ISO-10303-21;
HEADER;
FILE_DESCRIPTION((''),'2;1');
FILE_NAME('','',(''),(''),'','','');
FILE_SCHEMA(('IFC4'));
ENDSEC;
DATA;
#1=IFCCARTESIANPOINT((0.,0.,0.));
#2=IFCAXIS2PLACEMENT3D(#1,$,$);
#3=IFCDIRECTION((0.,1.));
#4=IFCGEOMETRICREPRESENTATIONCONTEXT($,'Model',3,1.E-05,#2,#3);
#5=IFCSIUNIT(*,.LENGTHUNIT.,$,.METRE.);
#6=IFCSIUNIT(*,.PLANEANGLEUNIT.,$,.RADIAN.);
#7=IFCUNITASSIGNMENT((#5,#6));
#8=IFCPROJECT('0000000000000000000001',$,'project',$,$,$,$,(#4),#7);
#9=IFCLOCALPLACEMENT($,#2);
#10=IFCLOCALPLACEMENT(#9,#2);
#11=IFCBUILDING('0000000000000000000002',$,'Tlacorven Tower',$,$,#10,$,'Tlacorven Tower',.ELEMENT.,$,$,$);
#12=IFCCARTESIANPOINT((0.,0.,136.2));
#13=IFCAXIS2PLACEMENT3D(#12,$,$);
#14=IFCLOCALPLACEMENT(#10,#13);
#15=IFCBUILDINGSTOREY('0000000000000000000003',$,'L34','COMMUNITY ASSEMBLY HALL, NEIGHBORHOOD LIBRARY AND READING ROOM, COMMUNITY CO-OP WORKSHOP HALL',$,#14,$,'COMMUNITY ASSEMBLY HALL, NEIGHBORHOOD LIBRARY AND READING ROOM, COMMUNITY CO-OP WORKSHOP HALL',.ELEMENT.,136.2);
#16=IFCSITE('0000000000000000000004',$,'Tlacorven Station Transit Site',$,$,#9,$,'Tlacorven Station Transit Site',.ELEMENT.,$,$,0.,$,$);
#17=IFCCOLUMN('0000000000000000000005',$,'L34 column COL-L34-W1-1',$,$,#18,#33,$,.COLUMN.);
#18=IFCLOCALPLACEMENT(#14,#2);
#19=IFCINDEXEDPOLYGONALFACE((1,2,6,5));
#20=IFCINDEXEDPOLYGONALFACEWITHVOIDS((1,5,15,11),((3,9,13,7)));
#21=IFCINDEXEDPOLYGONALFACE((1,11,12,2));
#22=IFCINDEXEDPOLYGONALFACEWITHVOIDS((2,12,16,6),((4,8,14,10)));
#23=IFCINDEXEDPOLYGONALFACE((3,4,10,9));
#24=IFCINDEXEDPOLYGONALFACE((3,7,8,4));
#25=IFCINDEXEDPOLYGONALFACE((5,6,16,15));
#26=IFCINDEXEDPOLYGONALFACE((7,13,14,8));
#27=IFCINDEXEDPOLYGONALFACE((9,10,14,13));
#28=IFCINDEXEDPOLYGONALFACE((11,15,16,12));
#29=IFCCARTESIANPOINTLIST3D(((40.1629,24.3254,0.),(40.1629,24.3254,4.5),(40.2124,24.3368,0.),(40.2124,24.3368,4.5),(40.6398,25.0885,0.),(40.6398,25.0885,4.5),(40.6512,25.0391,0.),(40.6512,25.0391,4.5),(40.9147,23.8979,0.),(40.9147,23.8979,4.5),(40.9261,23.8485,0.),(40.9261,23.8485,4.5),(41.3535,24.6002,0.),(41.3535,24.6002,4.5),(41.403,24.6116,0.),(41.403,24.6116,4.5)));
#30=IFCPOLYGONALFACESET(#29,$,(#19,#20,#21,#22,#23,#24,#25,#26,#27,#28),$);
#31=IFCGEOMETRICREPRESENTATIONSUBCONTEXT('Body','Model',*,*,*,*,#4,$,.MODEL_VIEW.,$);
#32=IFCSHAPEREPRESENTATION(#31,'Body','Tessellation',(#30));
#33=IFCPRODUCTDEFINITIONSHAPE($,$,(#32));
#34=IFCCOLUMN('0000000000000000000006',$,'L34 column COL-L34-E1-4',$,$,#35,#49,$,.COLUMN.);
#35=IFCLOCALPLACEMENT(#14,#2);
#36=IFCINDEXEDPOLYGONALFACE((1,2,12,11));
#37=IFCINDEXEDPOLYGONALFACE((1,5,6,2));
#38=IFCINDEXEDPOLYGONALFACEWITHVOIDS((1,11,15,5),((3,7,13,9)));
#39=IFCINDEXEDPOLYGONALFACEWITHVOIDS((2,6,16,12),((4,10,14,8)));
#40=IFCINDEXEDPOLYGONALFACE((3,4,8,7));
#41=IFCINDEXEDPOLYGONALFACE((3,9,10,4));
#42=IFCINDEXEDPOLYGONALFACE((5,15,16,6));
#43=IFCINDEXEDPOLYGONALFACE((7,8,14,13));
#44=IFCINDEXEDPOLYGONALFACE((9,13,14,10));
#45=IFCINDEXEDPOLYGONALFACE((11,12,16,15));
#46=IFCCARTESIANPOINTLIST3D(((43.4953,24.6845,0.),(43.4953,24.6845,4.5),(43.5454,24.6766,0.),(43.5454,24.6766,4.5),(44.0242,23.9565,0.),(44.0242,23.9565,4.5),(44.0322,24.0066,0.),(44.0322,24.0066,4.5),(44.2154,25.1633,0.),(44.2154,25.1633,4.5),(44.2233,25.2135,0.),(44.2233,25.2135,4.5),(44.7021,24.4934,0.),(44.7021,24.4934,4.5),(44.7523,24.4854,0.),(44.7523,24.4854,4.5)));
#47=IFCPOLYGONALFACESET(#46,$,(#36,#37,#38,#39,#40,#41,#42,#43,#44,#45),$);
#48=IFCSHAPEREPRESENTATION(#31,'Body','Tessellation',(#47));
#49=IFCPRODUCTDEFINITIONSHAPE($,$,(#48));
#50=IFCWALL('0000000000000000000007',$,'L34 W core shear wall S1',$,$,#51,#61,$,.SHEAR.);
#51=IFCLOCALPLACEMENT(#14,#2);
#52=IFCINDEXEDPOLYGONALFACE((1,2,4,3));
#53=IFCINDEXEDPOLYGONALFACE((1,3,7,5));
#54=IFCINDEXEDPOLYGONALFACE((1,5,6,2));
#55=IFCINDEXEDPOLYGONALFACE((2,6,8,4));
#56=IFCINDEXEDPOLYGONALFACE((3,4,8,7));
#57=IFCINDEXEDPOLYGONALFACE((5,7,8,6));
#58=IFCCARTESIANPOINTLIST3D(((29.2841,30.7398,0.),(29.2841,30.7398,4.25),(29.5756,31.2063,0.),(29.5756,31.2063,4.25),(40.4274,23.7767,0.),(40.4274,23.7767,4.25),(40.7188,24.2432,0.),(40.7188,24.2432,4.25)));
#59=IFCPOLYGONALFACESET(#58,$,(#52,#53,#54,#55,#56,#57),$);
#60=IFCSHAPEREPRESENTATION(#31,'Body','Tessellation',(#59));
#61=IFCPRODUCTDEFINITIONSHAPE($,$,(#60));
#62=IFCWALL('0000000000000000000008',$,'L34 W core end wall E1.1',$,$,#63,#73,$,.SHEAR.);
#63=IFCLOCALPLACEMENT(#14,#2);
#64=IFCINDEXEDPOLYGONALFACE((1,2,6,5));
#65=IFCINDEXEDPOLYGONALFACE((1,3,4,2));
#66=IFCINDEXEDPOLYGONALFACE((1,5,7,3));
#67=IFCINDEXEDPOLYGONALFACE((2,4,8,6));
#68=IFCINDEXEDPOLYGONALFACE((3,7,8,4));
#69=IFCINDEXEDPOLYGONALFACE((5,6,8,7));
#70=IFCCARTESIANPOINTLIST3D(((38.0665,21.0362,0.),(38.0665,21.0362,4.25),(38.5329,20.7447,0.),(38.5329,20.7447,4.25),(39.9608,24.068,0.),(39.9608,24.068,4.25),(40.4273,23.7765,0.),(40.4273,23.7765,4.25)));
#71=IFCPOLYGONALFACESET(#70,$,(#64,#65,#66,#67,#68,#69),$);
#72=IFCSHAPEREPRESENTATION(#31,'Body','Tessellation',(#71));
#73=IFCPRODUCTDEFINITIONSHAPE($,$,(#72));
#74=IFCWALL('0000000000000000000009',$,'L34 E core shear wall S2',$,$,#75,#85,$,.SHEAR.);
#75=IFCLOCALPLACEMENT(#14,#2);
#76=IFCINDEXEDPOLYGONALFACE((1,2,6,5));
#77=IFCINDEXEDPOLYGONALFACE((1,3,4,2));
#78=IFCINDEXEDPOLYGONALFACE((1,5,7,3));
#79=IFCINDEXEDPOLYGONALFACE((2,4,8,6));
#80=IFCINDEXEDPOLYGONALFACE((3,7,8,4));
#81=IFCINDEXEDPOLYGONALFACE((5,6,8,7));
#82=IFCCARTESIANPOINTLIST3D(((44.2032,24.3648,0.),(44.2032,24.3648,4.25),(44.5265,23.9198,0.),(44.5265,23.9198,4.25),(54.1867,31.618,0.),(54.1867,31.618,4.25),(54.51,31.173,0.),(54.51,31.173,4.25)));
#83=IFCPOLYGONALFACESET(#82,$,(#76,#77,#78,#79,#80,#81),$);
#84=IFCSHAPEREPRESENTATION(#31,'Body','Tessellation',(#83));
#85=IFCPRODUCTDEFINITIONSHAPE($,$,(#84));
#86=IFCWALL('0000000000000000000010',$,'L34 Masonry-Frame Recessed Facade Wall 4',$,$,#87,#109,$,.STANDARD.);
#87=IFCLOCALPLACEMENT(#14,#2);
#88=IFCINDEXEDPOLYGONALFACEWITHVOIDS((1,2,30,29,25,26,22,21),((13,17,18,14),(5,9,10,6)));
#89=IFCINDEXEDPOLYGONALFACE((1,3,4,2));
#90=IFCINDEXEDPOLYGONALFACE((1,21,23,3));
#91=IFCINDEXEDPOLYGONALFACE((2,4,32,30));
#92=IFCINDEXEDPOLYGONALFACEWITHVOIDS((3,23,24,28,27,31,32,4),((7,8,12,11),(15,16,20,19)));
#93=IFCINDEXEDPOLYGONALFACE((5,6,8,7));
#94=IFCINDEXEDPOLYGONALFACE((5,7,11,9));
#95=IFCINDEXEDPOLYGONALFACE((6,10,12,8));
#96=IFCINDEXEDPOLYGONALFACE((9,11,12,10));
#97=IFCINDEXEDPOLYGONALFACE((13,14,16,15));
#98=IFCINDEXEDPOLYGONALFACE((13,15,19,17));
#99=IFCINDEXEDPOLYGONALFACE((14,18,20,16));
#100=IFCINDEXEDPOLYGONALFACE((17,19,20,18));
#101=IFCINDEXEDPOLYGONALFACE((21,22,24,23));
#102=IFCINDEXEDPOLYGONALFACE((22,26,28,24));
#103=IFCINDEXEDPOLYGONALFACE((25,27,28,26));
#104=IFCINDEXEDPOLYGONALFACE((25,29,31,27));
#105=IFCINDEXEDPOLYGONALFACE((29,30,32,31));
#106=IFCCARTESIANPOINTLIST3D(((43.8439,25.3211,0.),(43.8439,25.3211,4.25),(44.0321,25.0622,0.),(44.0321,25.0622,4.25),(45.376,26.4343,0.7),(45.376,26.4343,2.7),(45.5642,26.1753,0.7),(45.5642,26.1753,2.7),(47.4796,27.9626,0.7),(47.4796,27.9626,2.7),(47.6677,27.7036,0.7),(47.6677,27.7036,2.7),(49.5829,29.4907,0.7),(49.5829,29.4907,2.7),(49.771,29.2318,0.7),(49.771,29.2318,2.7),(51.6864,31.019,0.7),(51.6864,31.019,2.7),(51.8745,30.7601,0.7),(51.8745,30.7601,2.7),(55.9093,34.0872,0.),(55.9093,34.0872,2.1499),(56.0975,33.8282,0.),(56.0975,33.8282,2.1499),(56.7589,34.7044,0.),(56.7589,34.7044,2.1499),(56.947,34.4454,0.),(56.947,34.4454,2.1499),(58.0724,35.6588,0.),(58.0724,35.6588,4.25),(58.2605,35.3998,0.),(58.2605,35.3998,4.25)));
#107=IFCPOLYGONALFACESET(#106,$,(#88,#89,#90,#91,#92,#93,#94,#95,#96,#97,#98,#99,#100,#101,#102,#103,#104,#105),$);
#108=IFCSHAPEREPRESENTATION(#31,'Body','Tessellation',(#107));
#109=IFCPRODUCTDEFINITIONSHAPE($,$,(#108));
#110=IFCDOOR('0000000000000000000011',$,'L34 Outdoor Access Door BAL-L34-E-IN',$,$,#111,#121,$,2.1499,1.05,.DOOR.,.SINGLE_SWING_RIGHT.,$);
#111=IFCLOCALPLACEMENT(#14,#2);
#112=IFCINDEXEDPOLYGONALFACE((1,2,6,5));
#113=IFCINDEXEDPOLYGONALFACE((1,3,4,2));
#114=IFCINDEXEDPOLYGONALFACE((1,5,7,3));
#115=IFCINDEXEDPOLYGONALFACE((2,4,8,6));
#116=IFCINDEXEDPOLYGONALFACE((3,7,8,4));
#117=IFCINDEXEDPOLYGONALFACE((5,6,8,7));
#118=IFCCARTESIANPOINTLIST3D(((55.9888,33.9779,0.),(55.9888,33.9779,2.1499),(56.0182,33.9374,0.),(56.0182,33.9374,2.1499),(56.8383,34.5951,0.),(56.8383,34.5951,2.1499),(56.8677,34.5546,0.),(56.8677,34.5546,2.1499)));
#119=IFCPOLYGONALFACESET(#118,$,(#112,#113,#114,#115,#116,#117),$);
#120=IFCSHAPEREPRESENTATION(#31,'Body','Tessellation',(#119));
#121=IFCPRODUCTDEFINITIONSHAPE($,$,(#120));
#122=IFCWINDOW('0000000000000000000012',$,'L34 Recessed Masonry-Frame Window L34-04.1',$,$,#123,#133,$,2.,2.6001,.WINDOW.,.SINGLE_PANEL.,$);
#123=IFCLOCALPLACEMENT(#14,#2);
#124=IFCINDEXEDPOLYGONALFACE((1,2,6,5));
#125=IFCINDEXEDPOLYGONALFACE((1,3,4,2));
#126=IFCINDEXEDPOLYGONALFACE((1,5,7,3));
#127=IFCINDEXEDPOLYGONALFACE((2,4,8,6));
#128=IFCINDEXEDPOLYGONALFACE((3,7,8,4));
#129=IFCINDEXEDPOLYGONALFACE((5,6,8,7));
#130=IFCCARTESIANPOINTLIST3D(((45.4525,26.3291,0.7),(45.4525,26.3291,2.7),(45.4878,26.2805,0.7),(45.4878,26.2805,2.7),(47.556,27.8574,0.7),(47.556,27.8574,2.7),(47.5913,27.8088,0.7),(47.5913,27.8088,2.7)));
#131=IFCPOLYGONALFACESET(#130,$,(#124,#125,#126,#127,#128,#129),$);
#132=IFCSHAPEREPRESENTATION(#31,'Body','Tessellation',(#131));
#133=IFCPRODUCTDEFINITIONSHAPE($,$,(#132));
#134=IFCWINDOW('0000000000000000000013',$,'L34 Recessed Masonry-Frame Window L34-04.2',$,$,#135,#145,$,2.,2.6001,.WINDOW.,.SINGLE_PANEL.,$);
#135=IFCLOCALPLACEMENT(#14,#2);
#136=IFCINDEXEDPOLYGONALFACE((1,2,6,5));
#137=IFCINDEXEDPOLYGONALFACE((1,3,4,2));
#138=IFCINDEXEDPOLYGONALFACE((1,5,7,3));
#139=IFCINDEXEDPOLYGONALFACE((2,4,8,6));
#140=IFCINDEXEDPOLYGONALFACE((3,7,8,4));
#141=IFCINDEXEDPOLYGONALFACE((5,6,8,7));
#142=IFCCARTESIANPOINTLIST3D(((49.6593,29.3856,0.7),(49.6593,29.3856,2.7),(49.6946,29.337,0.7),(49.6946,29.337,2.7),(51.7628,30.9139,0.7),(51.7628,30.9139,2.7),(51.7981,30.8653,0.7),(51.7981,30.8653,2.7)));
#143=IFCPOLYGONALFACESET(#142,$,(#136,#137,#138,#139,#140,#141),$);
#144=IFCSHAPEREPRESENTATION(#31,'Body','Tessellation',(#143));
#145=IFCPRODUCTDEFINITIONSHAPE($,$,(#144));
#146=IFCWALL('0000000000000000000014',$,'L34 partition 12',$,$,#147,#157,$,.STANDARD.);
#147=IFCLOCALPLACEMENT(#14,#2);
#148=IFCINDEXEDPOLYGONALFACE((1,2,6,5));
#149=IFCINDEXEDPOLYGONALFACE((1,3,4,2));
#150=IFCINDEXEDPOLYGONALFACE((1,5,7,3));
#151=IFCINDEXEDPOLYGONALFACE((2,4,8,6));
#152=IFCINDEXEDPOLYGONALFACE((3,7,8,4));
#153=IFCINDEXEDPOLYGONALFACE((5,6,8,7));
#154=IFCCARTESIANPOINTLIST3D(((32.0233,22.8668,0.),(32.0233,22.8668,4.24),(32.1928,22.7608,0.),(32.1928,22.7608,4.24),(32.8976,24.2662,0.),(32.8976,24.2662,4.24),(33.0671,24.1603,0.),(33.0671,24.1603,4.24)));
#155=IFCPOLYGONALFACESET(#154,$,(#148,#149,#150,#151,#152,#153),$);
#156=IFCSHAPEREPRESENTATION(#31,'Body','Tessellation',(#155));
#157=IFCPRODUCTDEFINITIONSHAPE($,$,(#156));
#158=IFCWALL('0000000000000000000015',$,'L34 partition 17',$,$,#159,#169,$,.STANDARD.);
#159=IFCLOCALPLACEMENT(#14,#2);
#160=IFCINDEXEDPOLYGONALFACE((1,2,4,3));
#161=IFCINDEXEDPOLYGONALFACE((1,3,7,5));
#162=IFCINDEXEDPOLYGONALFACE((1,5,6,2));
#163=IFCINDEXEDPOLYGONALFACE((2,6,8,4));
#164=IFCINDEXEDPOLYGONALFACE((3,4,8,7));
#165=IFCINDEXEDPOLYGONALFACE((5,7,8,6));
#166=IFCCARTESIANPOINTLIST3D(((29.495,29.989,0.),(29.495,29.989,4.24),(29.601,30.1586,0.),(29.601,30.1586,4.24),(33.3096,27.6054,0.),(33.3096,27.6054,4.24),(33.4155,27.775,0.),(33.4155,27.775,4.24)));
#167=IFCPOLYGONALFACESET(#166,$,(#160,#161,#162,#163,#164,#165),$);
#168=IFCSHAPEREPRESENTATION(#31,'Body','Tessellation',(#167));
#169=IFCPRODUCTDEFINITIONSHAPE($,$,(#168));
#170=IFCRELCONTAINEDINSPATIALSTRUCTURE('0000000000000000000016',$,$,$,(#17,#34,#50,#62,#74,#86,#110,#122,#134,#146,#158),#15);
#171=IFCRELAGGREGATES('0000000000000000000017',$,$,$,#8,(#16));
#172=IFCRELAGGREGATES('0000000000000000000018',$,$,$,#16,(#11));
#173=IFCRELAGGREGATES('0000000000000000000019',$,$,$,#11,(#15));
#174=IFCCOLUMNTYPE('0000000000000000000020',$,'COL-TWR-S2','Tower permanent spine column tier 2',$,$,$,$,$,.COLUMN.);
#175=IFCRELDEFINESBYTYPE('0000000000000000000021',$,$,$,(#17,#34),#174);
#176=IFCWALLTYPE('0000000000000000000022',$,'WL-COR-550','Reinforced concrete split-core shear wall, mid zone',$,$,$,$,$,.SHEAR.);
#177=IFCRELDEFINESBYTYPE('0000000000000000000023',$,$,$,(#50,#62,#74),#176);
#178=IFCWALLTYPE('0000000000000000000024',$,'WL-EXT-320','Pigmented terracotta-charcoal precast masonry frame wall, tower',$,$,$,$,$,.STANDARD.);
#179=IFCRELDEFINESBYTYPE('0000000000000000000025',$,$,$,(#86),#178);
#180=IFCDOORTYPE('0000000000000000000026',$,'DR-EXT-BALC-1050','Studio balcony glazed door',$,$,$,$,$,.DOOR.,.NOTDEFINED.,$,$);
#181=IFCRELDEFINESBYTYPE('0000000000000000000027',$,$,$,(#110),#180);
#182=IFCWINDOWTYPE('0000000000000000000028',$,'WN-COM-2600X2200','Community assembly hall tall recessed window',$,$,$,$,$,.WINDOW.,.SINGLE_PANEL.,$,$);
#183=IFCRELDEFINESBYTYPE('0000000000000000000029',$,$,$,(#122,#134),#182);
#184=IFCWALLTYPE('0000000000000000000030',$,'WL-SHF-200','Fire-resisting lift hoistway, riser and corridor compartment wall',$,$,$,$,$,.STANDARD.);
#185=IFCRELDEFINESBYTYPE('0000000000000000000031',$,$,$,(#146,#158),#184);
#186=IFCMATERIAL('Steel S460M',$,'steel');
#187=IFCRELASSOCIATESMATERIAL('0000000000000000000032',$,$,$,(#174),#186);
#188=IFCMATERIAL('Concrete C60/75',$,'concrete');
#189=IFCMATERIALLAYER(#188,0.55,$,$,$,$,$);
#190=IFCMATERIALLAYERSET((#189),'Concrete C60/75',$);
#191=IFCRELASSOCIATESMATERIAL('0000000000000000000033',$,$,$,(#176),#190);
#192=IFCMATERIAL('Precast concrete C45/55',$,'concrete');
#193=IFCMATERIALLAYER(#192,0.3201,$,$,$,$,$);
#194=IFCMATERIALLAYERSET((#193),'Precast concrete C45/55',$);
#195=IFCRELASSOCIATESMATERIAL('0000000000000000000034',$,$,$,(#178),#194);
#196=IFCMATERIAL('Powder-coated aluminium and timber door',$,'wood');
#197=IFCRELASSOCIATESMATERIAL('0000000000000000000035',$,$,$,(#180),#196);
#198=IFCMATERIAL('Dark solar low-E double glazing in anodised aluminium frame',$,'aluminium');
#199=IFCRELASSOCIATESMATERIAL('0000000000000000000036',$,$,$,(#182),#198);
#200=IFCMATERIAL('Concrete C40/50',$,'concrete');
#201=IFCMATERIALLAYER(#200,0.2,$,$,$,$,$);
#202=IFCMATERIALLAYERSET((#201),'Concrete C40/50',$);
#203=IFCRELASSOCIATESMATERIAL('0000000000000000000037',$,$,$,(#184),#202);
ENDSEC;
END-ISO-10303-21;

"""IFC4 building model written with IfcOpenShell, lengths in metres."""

from ifc_helpers import new_model, si_unit, direction, frame, frame_2d, origin, origin_2d, place, context, subcontext, project, spatial, rectangle, hollow_rectangle, extrude, source, transform, mapped, material, layer, layer_set, material_profile, profile_set, type_object, element, fill, save


model = new_model("IFC4")

# Units and contexts
model_context = context("Model", 3, precision=1e-05, world=origin(), true_north=direction((0.0, 1.0)))
body_context = subcontext(model_context, "Body", "Model", "MODEL_VIEW")
ifc_project = project(units=[si_unit("LENGTHUNIT", "METRE"), si_unit("PLANEANGLEUNIT", "RADIAN")], contexts=[model_context])

# Site, building, storey
site_placement = place(None, origin())
site = spatial("IfcSite", under=ifc_project, at=site_placement, Name="Tlacorven Station Transit Site", LongName="Tlacorven Station Transit Site", CompositionType="ELEMENT", RefElevation=0.0)
building_placement = place(site_placement, origin())
building = spatial("IfcBuilding", under=site, at=building_placement, Name="Tlacorven Tower", LongName="Tlacorven Tower", CompositionType="ELEMENT")
storey_placement = place(building_placement, frame((0.0, 0.0, 136.2)))
storey = spatial("IfcBuildingStorey", under=building, at=storey_placement, Name="L34", Description="COMMUNITY ASSEMBLY HALL, NEIGHBORHOOD LIBRARY AND READING ROOM, COMMUNITY CO-OP WORKSHOP HALL", LongName="COMMUNITY ASSEMBLY HALL, NEIGHBORHOOD LIBRARY AND READING ROOM, COMMUNITY CO-OP WORKSHOP HALL", CompositionType="ELEMENT", Elevation=136.2)

# Columns
ifc_material_1 = material(Name="Steel S460M", Category="steel")
ifc_material_profile = material_profile(ifc_material_1, hollow_rectangle(XDim=0.8999, YDim=0.8999, WallThickness=0.0359, at=origin_2d()), Name="BOX 900X900X36")
ifc_profile_set = profile_set([ifc_material_profile], Name="Steel S460M")
column_type = type_object("IfcColumnType", Name="COL-TWR-S2", Description="Tower permanent spine column tier 2", PredefinedType="COLUMN", material=ifc_profile_set)
shared_shape_1 = source(origin(), body_context, "Body", "SweptSolid", [
    extrude(hollow_rectangle(XDim=0.8999, YDim=0.8999, WallThickness=0.0359, at=origin_2d()), origin(), (0.0, 0.0, 1.0), 4.5),
])
for number, where, z_axis, x_axis, name in (
    (1, (40.783, 24.4685, 0.0), (0.0, 0.0, 1.0), (-0.848048, 0.529919, 0.0), "L34 column COL-L34-W1-1"),
    (2, (44.1238, 24.585, 0.0), (0.0, 0.0, 1.0), (0.809017, 0.587785, 0.0), "L34 column COL-L34-E1-4"),
):
    element("IfcColumn", number, at=place(storey_placement, frame(where, z_axis=z_axis, x_axis=x_axis)), inside=storey, type_object=column_type, Name=name, PredefinedType="COLUMN", context=body_context, shape_type="MappedRepresentation", body=[
        mapped(shared_shape_1, transform((0.0, 0.0, 0.0), scale=1.0)),
    ])

# Walls
ifc_material_2 = material(Name="Concrete C60/75", Category="concrete")
ifc_layer_1 = layer(ifc_material_2, 0.55)
ifc_layer_set_1 = layer_set([ifc_layer_1], Name="Concrete C60/75")
wall_type_1 = type_object("IfcWallType", Name="WL-COR-550", Description="Reinforced concrete split-core shear wall, mid zone", PredefinedType="SHEAR", material=ifc_layer_set_1)
wall_1_placement = place(storey_placement, frame((40.573, 24.01, 0.0), z_axis=(0.0, 0.0, 1.0), x_axis=(-0.848047, 0.52992, 0.0)))
element("IfcWall", 3, at=wall_1_placement, inside=storey, type_object=wall_type_1, Name="L34 W core shear wall S1", PredefinedType="SHEAR", context=body_context, shape_type="SweptSolid", body=[
    extrude(rectangle(XDim=13.1399, YDim=0.55, at=frame_2d((6.5698, 0.0))), origin(), (0.0, 0.0, 1.0), 4.25),
])
wall_2_placement = place(storey_placement, frame((40.1941, 23.9224, 0.0), z_axis=(0.0, 0.0, 1.0), x_axis=(-0.529888, -0.848067, 0.0)))
element("IfcWall", 4, at=wall_2_placement, inside=storey, type_object=wall_type_1, Name="L34 W core end wall E1.1", PredefinedType="SHEAR", context=body_context, shape_type="SweptSolid", body=[
    extrude(rectangle(XDim=3.575, YDim=0.55, at=frame_2d((1.7876, 0.0))), origin(), (0.0, 0.0, 1.0), 4.25),
])
wall_3_placement = place(storey_placement, frame((44.365, 24.1423, 0.0), z_axis=(0.0, 0.0, 1.0), x_axis=(0.809024, 0.587775, 0.0)))
element("IfcWall", 5, at=wall_3_placement, inside=storey, type_object=wall_type_1, Name="L34 E core shear wall S2", PredefinedType="SHEAR", context=body_context, shape_type="SweptSolid", body=[
    extrude(rectangle(XDim=12.3401, YDim=0.55, at=frame_2d((6.1699, 0.0))), origin(), (0.0, 0.0, 1.0), 4.25),
])

# Wall, openings, door, windows
ifc_material_3 = material(Name="Precast concrete C45/55", Category="concrete")
ifc_layer_2 = layer(ifc_material_3, 0.3201)
ifc_layer_set_2 = layer_set([ifc_layer_2], Name="Precast concrete C45/55")
wall_type_2 = type_object("IfcWallType", Name="WL-EXT-320", Description="Pigmented terracotta-charcoal precast masonry frame wall, tower", PredefinedType="STANDARD", material=ifc_layer_set_2)
wall_4_placement = place(storey_placement, frame((43.938, 25.1917, 0.0), z_axis=(0.0, 0.0, 1.0), x_axis=(0.809016, 0.587786, 0.0)))
wall_4 = element("IfcWall", 6, at=wall_4_placement, inside=storey, type_object=wall_type_2, Name="L34 Masonry-Frame Recessed Facade Wall 4", PredefinedType="STANDARD", context=body_context, shape_type="SweptSolid", body=[
    extrude(rectangle(XDim=17.5874, YDim=0.3201, at=frame_2d((8.7937, 0.0))), origin(), (0.0, 0.0, 1.0), 4.25),
])
opening_1_placement = place(wall_4_placement, frame((14.9138, 0.0, 0.0)))
opening_1 = element("IfcOpeningElement", 7, at=opening_1_placement, cuts=wall_4, PredefinedType="OPENING", context=body_context, shape_type="SweptSolid", body=[
    extrude(rectangle(XDim=1.05, YDim=2.1499, at=frame_2d((0.5249, 1.075))), frame((0.0, 0.1699, 0.0), z_axis=(0.0, -1.0, 0.0), x_axis=(1.0, 0.0, 0.0)), (0.0, 0.0, 1.0), 0.3401),
])
opening_2_placement = place(wall_4_placement, frame((1.8938, 0.0, 0.7)))
opening_2 = element("IfcOpeningElement", 8, at=opening_2_placement, cuts=wall_4, PredefinedType="OPENING", context=body_context, shape_type="SweptSolid", body=[
    extrude(rectangle(XDim=2.6001, YDim=2.0, at=frame_2d((1.3, 1.0))), frame((0.0, 0.1699, 0.0), z_axis=(0.0, -1.0, 0.0), x_axis=(1.0, 0.0, 0.0)), (0.0, 0.0, 1.0), 0.3401),
])
opening_3_placement = place(wall_4_placement, frame((7.0938, 0.0, 0.7)))
opening_3 = element("IfcOpeningElement", 9, at=opening_3_placement, cuts=wall_4, PredefinedType="OPENING", context=body_context, shape_type="SweptSolid", body=[
    extrude(rectangle(XDim=2.6001, YDim=2.0, at=frame_2d((1.3, 1.0))), frame((0.0, 0.1699, 0.0), z_axis=(0.0, -1.0, 0.0), x_axis=(1.0, 0.0, 0.0)), (0.0, 0.0, 1.0), 0.3401),
])
ifc_material_4 = material(Name="Powder-coated aluminium and timber door", Category="wood")
door_type = type_object("IfcDoorType", Name="DR-EXT-BALC-1050", Description="Studio balcony glazed door", OperationType="NOTDEFINED", PredefinedType="DOOR", material=ifc_material_4)
shared_shape_2 = source(origin(), body_context, "Body", "SweptSolid", [
    extrude(rectangle(XDim=1.05, YDim=2.1499, at=frame_2d((0.5249, 1.075))), frame((0.0, 0.0249, 0.0), z_axis=(0.0, -1.0, 0.0), x_axis=(1.0, 0.0, 0.0)), (0.0, 0.0, 1.0), 0.05),
])
door_placement = place(opening_1_placement, origin())
door = element("IfcDoor", 10, at=door_placement, inside=storey, type_object=door_type, Name="L34 Outdoor Access Door BAL-L34-E-IN", OperationType="SINGLE_SWING_RIGHT", OverallHeight=2.1499, OverallWidth=1.05, PredefinedType="DOOR", context=body_context, shape_type="MappedRepresentation", body=[
    mapped(shared_shape_2, transform((0.0, 0.0, 0.0), scale=1.0)),
])
fill(opening_1, door)
ifc_material_5 = material(Name="Dark solar low-E double glazing in anodised aluminium frame", Category="aluminium")
window_type = type_object("IfcWindowType", Name="WN-COM-2600X2200", Description="Community assembly hall tall recessed window", PartitioningType="SINGLE_PANEL", PredefinedType="WINDOW", material=ifc_material_5)
shared_shape_3 = source(origin(), body_context, "Body", "SweptSolid", [
    extrude(rectangle(XDim=2.6001, YDim=2.0, at=frame_2d((1.3, 1.0))), frame((0.0, 0.03, 0.0), z_axis=(0.0, -1.0, 0.0), x_axis=(1.0, 0.0, 0.0)), (0.0, 0.0, 1.0), 0.0601),
])
window_1_placement = place(opening_2_placement, origin())
window_1 = element("IfcWindow", 11, at=window_1_placement, inside=storey, type_object=window_type, Name="L34 Recessed Masonry-Frame Window L34-04.1", OverallHeight=2.0, OverallWidth=2.6001, PartitioningType="SINGLE_PANEL", PredefinedType="WINDOW", context=body_context, shape_type="MappedRepresentation", body=[
    mapped(shared_shape_3, transform((0.0, 0.0, 0.0), scale=1.0)),
])
fill(opening_2, window_1)
window_2_placement = place(opening_3_placement, origin())
window_2 = element("IfcWindow", 12, at=window_2_placement, inside=storey, type_object=window_type, Name="L34 Recessed Masonry-Frame Window L34-04.2", OverallHeight=2.0, OverallWidth=2.6001, PartitioningType="SINGLE_PANEL", PredefinedType="WINDOW", context=body_context, shape_type="MappedRepresentation", body=[
    mapped(shared_shape_3, transform((0.0, 0.0, 0.0), scale=1.0)),
])
fill(opening_3, window_2)

# Walls
ifc_material_6 = material(Name="Concrete C40/50", Category="concrete")
ifc_layer_3 = layer(ifc_material_6, 0.2)
ifc_layer_set_3 = layer_set([ifc_layer_3], Name="Concrete C40/50")
wall_type_3 = type_object("IfcWallType", Name="WL-SHF-200", Description="Fire-resisting lift hoistway, riser and corridor compartment wall", PredefinedType="STANDARD", material=ifc_layer_set_3)
wall_5_placement = place(storey_placement, frame((32.9824, 24.2134, 0.0), z_axis=(0.0, 0.0, 1.0), x_axis=(-0.529839, -0.848098, 0.0)))
element("IfcWall", 13, at=wall_5_placement, inside=storey, type_object=wall_type_3, Name="L34 partition 12", PredefinedType="STANDARD", context=body_context, shape_type="SweptSolid", body=[
    extrude(rectangle(XDim=1.6501, YDim=0.2, at=frame_2d((0.8252, 0.0))), origin(), (0.0, 0.0, 1.0), 4.24),
])
wall_6_placement = place(storey_placement, frame((33.3625, 27.6902, 0.0), z_axis=(0.0, 0.0, 1.0), x_axis=(-0.848047, 0.529921, 0.0)))
element("IfcWall", 14, at=wall_6_placement, inside=storey, type_object=wall_type_3, Name="L34 partition 17", PredefinedType="STANDARD", context=body_context, shape_type="SweptSolid", body=[
    extrude(rectangle(XDim=4.498, YDim=0.2, at=frame_2d((2.249, 0.0))), origin(), (0.0, 0.0, 1.0), 4.24),
])

save(model, "model.ifc")
